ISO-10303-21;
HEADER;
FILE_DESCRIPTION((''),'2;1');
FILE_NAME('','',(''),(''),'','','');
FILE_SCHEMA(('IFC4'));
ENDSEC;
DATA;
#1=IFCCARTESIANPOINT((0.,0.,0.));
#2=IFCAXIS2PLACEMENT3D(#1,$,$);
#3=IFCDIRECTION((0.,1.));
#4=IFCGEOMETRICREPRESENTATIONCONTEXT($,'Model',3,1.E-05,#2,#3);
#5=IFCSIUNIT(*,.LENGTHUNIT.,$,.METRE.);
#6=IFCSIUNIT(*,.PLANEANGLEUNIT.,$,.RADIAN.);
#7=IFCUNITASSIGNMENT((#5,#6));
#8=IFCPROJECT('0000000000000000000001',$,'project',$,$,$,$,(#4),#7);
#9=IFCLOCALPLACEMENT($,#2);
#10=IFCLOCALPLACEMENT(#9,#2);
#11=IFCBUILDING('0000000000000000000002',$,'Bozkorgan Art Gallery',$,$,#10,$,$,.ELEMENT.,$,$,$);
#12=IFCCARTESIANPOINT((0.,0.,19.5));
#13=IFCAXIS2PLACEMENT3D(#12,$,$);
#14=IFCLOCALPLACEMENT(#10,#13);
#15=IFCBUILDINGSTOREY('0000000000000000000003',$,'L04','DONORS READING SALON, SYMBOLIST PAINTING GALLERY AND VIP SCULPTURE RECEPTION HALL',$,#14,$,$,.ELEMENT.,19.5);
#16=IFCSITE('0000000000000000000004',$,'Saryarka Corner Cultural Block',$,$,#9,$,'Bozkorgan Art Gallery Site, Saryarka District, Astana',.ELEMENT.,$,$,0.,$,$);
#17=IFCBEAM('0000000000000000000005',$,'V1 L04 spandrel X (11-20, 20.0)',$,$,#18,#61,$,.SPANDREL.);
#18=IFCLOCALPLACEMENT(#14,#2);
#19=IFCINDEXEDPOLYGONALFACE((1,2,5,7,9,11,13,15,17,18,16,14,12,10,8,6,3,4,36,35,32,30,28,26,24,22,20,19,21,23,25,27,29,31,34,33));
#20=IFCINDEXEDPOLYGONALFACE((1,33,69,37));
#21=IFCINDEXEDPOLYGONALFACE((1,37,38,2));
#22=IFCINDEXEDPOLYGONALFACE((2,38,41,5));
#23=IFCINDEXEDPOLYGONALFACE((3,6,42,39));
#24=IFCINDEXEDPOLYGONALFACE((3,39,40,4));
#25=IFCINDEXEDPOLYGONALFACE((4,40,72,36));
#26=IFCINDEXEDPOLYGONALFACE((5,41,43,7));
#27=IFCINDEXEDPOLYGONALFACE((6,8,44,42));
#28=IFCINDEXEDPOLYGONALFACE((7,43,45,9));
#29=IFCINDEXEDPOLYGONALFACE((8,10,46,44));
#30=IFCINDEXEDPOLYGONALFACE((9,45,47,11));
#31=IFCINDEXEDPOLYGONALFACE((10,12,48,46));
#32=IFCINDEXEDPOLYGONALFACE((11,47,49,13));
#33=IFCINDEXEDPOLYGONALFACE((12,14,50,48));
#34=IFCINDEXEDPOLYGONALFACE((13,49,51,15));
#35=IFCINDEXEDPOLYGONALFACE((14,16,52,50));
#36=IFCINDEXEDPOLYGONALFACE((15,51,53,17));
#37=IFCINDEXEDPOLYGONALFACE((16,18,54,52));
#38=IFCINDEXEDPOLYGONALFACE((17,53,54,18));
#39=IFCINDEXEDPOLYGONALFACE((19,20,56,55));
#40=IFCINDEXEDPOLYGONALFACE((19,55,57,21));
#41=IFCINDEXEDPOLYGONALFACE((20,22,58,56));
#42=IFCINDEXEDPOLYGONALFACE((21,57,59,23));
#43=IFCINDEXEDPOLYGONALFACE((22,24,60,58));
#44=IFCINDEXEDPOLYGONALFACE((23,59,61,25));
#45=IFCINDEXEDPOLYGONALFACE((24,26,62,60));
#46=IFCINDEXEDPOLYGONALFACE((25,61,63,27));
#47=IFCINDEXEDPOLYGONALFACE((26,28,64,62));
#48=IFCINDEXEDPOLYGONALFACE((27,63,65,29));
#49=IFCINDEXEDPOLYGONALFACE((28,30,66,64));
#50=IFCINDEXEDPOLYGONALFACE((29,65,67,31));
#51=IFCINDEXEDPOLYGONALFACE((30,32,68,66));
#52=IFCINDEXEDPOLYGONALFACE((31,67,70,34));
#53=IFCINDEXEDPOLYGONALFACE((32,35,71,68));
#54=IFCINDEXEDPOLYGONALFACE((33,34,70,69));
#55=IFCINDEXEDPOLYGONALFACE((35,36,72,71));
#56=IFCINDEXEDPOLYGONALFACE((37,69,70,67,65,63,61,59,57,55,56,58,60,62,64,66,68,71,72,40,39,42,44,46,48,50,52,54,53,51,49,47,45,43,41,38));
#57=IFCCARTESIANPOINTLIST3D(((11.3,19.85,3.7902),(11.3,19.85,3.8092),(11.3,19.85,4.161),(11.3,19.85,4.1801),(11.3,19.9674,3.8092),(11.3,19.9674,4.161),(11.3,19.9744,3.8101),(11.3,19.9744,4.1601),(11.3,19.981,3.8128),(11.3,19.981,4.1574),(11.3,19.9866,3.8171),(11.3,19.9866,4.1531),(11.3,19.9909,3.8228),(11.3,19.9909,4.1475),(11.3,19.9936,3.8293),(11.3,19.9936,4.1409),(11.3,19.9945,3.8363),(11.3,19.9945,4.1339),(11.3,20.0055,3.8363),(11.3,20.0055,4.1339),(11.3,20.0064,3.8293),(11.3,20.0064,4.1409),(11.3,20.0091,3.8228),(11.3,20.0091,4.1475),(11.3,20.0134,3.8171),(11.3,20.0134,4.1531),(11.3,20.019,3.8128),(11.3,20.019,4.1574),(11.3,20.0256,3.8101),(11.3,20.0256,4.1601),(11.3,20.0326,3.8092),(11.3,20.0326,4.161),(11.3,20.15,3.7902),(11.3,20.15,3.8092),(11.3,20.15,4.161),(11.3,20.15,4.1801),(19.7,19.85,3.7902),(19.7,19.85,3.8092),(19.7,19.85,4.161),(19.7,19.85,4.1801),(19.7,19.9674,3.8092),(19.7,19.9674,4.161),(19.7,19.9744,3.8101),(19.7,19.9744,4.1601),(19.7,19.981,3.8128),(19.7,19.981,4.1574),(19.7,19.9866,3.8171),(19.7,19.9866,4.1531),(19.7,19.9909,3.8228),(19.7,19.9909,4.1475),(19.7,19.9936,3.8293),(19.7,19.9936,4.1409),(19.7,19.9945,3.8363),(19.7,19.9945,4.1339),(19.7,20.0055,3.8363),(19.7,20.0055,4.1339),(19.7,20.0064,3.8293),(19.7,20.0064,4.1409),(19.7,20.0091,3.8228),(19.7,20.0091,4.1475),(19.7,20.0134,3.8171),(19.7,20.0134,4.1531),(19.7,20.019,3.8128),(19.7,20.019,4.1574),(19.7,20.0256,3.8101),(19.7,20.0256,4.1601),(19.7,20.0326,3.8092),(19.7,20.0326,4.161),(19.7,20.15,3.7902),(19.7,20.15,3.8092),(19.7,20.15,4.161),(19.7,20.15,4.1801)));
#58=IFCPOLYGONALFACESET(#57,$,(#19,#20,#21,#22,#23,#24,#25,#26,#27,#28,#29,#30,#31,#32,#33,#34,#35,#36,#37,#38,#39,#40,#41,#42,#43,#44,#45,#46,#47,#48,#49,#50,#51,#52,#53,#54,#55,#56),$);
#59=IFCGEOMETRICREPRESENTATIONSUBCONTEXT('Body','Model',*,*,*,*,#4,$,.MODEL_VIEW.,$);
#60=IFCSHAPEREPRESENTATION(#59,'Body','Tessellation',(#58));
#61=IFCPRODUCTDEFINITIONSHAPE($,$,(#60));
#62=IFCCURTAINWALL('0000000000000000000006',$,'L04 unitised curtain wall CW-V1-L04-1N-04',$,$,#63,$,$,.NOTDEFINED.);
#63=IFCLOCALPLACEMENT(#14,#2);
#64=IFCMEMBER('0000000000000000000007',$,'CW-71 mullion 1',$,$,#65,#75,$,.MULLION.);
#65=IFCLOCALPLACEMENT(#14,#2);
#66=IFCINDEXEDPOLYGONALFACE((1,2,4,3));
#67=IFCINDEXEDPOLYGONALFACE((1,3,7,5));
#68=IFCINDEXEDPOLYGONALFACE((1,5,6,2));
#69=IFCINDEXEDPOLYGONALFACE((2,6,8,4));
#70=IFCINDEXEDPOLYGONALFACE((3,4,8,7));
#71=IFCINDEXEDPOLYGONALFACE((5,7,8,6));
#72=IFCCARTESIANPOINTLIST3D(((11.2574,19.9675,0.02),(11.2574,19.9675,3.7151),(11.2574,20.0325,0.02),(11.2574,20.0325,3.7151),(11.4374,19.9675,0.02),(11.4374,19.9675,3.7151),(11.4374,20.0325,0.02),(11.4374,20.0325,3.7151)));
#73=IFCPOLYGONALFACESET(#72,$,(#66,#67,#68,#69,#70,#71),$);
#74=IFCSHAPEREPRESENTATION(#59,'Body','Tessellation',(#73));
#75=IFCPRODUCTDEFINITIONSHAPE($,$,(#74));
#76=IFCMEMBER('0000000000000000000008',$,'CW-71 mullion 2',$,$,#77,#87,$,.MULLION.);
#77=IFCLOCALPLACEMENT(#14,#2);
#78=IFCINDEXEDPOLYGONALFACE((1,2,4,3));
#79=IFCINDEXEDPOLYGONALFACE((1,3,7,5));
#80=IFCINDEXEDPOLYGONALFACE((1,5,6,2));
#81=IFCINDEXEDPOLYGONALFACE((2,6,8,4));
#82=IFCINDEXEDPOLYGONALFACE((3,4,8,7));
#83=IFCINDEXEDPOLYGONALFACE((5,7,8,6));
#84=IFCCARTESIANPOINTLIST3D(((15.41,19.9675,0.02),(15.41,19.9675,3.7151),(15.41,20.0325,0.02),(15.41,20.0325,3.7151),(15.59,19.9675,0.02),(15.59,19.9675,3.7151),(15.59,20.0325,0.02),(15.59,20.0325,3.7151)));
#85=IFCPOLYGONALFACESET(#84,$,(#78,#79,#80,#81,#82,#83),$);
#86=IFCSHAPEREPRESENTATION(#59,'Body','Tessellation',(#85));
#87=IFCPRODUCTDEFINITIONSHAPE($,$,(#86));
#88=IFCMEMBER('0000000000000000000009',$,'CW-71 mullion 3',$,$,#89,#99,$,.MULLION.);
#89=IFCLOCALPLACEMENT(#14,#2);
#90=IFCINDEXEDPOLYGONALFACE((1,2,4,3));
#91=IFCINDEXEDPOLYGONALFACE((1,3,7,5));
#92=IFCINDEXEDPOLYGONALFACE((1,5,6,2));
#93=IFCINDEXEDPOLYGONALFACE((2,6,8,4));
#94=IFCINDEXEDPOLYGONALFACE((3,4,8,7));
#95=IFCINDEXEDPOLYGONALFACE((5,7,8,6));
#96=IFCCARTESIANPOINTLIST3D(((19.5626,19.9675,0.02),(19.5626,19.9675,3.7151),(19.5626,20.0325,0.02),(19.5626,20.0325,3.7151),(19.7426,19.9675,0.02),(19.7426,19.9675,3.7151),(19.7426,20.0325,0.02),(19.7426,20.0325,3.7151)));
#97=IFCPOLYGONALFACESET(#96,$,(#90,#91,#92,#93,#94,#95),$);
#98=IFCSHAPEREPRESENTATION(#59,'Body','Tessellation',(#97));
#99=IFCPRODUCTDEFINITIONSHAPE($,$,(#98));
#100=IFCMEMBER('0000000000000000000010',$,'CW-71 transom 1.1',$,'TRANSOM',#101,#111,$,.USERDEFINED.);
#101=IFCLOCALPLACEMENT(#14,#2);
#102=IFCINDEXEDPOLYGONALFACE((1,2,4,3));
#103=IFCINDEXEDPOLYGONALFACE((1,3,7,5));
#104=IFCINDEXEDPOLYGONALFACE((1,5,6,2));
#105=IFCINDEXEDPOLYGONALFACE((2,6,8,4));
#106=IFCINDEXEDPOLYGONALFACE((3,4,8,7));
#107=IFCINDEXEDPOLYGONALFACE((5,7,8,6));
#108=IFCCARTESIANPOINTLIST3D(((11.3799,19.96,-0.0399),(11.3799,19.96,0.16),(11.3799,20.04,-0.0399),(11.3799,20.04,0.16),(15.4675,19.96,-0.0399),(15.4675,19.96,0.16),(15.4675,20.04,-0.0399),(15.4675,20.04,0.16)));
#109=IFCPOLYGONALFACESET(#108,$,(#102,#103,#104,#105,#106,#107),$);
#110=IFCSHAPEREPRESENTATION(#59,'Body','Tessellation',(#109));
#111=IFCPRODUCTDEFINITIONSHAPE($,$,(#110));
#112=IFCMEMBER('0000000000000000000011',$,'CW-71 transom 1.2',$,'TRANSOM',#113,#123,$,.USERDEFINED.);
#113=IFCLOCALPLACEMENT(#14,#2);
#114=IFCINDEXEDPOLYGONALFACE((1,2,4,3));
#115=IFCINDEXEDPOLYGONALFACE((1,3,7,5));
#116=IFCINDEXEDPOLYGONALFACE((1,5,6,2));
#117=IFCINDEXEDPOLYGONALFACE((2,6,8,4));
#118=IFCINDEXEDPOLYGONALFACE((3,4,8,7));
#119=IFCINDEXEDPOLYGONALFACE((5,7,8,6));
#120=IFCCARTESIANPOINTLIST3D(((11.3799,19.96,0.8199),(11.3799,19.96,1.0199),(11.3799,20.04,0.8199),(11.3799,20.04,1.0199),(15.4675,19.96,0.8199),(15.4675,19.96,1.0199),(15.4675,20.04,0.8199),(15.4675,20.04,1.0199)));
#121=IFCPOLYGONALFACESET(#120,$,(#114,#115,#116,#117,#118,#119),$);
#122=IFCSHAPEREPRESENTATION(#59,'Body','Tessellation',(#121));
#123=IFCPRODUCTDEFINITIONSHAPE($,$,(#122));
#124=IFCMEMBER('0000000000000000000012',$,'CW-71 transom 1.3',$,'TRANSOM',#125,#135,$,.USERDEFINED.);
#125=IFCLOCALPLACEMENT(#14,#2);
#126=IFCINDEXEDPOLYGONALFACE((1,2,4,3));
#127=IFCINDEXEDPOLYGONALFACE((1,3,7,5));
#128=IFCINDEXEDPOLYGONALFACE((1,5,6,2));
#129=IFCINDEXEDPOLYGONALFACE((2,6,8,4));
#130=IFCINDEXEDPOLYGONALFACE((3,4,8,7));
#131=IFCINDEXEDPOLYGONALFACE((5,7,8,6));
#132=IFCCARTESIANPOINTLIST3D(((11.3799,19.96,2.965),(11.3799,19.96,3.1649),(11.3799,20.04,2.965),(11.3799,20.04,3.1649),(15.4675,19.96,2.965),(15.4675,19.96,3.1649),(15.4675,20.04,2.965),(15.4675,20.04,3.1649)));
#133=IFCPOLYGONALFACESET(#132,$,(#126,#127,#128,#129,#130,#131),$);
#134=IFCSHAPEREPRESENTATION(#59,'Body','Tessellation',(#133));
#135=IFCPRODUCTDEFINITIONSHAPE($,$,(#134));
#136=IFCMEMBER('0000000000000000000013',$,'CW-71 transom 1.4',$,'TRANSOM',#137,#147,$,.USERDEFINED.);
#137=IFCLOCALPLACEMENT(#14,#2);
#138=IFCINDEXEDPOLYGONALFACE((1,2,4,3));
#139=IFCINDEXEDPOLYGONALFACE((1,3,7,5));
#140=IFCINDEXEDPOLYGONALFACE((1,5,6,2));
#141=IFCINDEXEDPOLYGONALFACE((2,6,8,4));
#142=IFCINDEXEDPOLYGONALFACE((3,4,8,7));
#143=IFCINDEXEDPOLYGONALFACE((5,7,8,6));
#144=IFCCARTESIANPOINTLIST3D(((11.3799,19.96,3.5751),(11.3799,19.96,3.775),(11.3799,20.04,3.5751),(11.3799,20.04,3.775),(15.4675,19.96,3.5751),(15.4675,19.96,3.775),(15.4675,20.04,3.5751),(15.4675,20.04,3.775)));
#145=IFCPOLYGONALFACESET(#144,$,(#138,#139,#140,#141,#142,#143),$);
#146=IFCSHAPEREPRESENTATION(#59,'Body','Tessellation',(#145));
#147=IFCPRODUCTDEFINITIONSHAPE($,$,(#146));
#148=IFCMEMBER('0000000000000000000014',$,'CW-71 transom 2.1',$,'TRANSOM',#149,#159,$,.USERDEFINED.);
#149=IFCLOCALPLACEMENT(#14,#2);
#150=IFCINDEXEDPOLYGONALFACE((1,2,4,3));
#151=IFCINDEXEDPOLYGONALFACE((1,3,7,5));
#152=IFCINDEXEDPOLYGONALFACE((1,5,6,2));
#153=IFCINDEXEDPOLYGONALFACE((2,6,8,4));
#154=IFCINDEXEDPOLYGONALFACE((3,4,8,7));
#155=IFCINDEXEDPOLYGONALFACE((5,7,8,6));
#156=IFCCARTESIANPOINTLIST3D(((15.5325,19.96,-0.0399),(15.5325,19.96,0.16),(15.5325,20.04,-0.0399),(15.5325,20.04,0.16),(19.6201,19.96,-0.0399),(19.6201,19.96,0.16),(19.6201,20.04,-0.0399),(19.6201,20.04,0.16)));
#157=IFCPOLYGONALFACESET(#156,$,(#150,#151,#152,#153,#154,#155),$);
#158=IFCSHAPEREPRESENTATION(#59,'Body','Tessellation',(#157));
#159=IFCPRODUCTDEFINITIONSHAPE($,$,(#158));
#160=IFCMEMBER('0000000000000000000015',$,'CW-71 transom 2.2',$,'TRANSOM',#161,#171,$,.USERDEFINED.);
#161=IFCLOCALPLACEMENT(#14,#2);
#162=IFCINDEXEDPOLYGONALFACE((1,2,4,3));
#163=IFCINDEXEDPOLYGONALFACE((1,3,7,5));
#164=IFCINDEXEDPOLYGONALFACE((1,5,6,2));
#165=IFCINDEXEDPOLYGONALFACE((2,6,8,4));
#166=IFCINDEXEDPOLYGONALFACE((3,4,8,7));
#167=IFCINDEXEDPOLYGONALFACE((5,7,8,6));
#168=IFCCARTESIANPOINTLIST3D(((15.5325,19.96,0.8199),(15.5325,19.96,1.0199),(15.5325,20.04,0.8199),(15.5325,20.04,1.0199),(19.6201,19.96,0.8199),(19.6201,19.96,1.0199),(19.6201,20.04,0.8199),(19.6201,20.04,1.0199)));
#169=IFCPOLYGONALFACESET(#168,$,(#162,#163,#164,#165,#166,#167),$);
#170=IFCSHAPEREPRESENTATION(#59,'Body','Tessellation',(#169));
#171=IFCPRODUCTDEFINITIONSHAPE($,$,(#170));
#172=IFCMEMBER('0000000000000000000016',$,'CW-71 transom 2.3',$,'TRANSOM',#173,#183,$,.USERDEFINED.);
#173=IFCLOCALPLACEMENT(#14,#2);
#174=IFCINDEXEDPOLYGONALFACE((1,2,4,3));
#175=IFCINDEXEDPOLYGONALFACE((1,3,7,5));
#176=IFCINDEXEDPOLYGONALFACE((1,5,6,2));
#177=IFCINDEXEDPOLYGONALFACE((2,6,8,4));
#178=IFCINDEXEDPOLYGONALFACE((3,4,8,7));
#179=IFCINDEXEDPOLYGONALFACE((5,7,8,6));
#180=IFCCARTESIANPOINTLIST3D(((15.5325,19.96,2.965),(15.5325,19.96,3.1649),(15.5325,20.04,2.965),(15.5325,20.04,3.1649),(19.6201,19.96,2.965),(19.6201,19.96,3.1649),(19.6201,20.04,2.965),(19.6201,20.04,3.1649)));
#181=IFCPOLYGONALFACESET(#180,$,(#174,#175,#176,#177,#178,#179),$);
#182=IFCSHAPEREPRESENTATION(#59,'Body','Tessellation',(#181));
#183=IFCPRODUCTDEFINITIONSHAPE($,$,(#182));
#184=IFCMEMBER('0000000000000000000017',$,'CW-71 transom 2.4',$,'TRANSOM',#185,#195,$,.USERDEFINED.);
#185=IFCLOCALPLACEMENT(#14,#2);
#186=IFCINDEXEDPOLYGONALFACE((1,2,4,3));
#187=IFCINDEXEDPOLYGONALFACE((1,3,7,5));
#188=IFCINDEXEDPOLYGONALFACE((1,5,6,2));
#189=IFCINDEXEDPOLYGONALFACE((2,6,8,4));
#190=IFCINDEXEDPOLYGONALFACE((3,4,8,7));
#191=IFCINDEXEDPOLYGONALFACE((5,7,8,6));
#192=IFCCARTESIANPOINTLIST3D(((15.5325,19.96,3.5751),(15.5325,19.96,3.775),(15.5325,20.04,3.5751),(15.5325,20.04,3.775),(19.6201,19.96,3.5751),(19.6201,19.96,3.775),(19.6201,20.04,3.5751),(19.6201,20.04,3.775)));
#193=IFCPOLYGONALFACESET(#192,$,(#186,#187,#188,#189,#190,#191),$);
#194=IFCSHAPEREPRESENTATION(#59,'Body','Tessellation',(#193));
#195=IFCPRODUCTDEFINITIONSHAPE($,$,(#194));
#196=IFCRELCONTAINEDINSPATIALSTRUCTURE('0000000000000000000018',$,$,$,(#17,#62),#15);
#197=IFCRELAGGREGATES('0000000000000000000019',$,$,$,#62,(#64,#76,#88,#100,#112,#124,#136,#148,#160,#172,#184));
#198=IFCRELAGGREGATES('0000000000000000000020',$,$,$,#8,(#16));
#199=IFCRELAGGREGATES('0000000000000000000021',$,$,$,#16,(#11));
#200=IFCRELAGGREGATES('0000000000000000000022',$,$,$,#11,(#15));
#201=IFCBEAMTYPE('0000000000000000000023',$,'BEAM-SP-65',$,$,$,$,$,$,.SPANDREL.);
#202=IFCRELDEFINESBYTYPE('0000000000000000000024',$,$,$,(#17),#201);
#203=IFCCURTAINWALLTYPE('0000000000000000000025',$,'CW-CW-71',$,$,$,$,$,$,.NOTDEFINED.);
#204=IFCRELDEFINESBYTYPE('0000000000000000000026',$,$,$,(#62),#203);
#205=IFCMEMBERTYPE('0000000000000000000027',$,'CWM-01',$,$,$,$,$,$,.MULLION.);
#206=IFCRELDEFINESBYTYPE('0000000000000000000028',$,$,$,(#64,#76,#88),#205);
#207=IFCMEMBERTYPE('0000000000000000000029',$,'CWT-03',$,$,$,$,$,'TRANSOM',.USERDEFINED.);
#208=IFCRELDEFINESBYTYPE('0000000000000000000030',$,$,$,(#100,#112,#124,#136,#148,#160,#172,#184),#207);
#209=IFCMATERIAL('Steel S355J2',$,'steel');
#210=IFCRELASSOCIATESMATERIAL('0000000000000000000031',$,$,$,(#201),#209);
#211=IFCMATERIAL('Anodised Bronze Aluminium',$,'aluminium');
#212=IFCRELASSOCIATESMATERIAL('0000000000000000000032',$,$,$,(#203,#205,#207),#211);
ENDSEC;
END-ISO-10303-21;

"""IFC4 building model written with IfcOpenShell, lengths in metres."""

from ifc_helpers import new_model, si_unit, direction, frame, origin, origin_2d, place, context, subcontext, project, spatial, rectangle, i_section, extrude, material, material_profile, profile_set, type_object, element, aggregate, save


model = new_model("IFC4")

# Units and contexts
model_context = context("Model", 3, precision=1e-05, world=origin(), true_north=direction((0.0, 1.0)))
body_context = subcontext(model_context, "Body", "Model", "MODEL_VIEW")
ifc_project = project(units=[si_unit("LENGTHUNIT", "METRE"), si_unit("PLANEANGLEUNIT", "RADIAN")], contexts=[model_context])

# Site, building, storey
site_placement = place(None, origin())
site = spatial("IfcSite", under=ifc_project, at=site_placement, Name="Saryarka Corner Cultural Block", LongName="Bozkorgan Art Gallery Site, Saryarka District, Astana", CompositionType="ELEMENT", RefElevation=0.0)
building_placement = place(site_placement, origin())
building = spatial("IfcBuilding", under=site, at=building_placement, Name="Bozkorgan Art Gallery", CompositionType="ELEMENT")
storey_placement = place(building_placement, frame((0.0, 0.0, 19.5)))
storey = spatial("IfcBuildingStorey", under=building, at=storey_placement, Name="L04", Description="DONORS READING SALON, SYMBOLIST PAINTING GALLERY AND VIP SCULPTURE RECEPTION HALL", CompositionType="ELEMENT", Elevation=19.5)

# Beam
ifc_material_1 = material(Name="Steel S355J2", Category="steel")
ifc_material_profile_1 = material_profile(ifc_material_1, i_section(OverallWidth=0.3, OverallDepth=0.3899, WebThickness=0.011, FlangeThickness=0.019, FilletRadius=0.0271, at=origin_2d()), Name="HEA 400")
ifc_profile_set_1 = profile_set([ifc_material_profile_1], Name="Steel S355J2")
beam_type = type_object("IfcBeamType", Name="BEAM-SP-65", PredefinedType="SPANDREL", material=ifc_profile_set_1)
beam_placement = place(storey_placement, frame((11.3, 20.0, 3.9851), z_axis=(1.0, 0.0, 0.0), x_axis=(0.0, 1.0, 0.0)))
element("IfcBeam", 1, at=beam_placement, inside=storey, type_object=beam_type, Name="V1 L04 spandrel X (11-20, 20.0)", PredefinedType="SPANDREL", context=body_context, shape_type="SweptSolid", body=[
    extrude(i_section(OverallWidth=0.3, OverallDepth=0.3899, WebThickness=0.011, FlangeThickness=0.019, FilletRadius=0.0271, at=origin_2d()), origin(), (0.0, 0.0, 1.0), 8.3999),
])

# Curtain wall, members
ifc_material_2 = material(Name="Anodised Bronze Aluminium", Category="aluminium")
curtain_wall_type = type_object("IfcCurtainWallType", Name="CW-CW-71", PredefinedType="NOTDEFINED", material=ifc_material_2)
curtain_wall_placement = place(storey_placement, origin())
curtain_wall = element("IfcCurtainWall", 2, at=curtain_wall_placement, inside=storey, type_object=curtain_wall_type, Name="L04 unitised curtain wall CW-V1-L04-1N-04", PredefinedType="NOTDEFINED")
ifc_material_profile_2 = material_profile(ifc_material_2, rectangle(XDim=0.0649, YDim=0.1799, at=origin_2d()), Name="ALU MULLION 65x180")
ifc_profile_set_2 = profile_set([ifc_material_profile_2], Name="Anodised Bronze Aluminium")
member_type_1 = type_object("IfcMemberType", Name="CWM-01", PredefinedType="MULLION", material=ifc_profile_set_2)
member_1_placement = place(storey_placement, frame((11.3474, 20.0, 0.02), z_axis=(0.0, 0.0, 1.0), x_axis=(0.0, 1.0, 0.0)))
member_1 = element("IfcMember", 3, at=member_1_placement, type_object=member_type_1, Name="CW-71 mullion 1", PredefinedType="MULLION", context=body_context, shape_type="SweptSolid", body=[
    extrude(rectangle(XDim=0.0649, YDim=0.1799, at=origin_2d()), origin(), (0.0, 0.0, 1.0), 3.6951),
])
member_2_placement = place(storey_placement, frame((15.5, 20.0, 0.02), z_axis=(0.0, 0.0, 1.0), x_axis=(0.0, 1.0, 0.0)))
member_2 = element("IfcMember", 4, at=member_2_placement, type_object=member_type_1, Name="CW-71 mullion 2", PredefinedType="MULLION", context=body_context, shape_type="SweptSolid", body=[
    extrude(rectangle(XDim=0.0649, YDim=0.1799, at=origin_2d()), origin(), (0.0, 0.0, 1.0), 3.6951),
])
member_3_placement = place(storey_placement, frame((19.6526, 20.0, 0.02), z_axis=(0.0, 0.0, 1.0), x_axis=(0.0, 1.0, 0.0)))
member_3 = element("IfcMember", 5, at=member_3_placement, type_object=member_type_1, Name="CW-71 mullion 3", PredefinedType="MULLION", context=body_context, shape_type="SweptSolid", body=[
    extrude(rectangle(XDim=0.0649, YDim=0.1799, at=origin_2d()), origin(), (0.0, 0.0, 1.0), 3.6951),
])
ifc_material_profile_3 = material_profile(ifc_material_2, rectangle(XDim=0.0801, YDim=0.2, at=origin_2d()), Name="ALU TRANSOM 80x200")
ifc_profile_set_3 = profile_set([ifc_material_profile_3], Name="Anodised Bronze Aluminium")
member_type_2 = type_object("IfcMemberType", Name="CWT-03", ElementType="TRANSOM", PredefinedType="USERDEFINED", material=ifc_profile_set_3)
member_4_placement = place(storey_placement, frame((11.3799, 20.0, 0.0601), z_axis=(1.0, 0.0, 0.0), x_axis=(0.0, 1.0, 0.0)))
member_4 = element("IfcMember", 6, at=member_4_placement, type_object=member_type_2, Name="CW-71 transom 1.1", ObjectType="TRANSOM", PredefinedType="USERDEFINED", context=body_context, shape_type="SweptSolid", body=[
    extrude(rectangle(XDim=0.0801, YDim=0.2, at=origin_2d()), origin(), (0.0, 0.0, 1.0), 4.0876),
])
member_5_placement = place(storey_placement, frame((11.3799, 20.0, 0.9199), z_axis=(1.0, 0.0, 0.0), x_axis=(0.0, 1.0, 0.0)))
member_5 = element("IfcMember", 7, at=member_5_placement, type_object=member_type_2, Name="CW-71 transom 1.2", ObjectType="TRANSOM", PredefinedType="USERDEFINED", context=body_context, shape_type="SweptSolid", body=[
    extrude(rectangle(XDim=0.0801, YDim=0.2, at=origin_2d()), origin(), (0.0, 0.0, 1.0), 4.0876),
])
member_6_placement = place(storey_placement, frame((11.3799, 20.0, 3.0649), z_axis=(1.0, 0.0, 0.0), x_axis=(0.0, 1.0, 0.0)))
member_6 = element("IfcMember", 8, at=member_6_placement, type_object=member_type_2, Name="CW-71 transom 1.3", ObjectType="TRANSOM", PredefinedType="USERDEFINED", context=body_context, shape_type="SweptSolid", body=[
    extrude(rectangle(XDim=0.0801, YDim=0.2, at=origin_2d()), origin(), (0.0, 0.0, 1.0), 4.0876),
])
member_7_placement = place(storey_placement, frame((11.3799, 20.0, 3.675), z_axis=(1.0, 0.0, 0.0), x_axis=(0.0, 1.0, 0.0)))
member_7 = element("IfcMember", 9, at=member_7_placement, type_object=member_type_2, Name="CW-71 transom 1.4", ObjectType="TRANSOM", PredefinedType="USERDEFINED", context=body_context, shape_type="SweptSolid", body=[
    extrude(rectangle(XDim=0.0801, YDim=0.2, at=origin_2d()), origin(), (0.0, 0.0, 1.0), 4.0876),
])
member_8_placement = place(storey_placement, frame((15.5325, 20.0, 0.0601), z_axis=(1.0, 0.0, 0.0), x_axis=(0.0, 1.0, 0.0)))
member_8 = element("IfcMember", 10, at=member_8_placement, type_object=member_type_2, Name="CW-71 transom 2.1", ObjectType="TRANSOM", PredefinedType="USERDEFINED", context=body_context, shape_type="SweptSolid", body=[
    extrude(rectangle(XDim=0.0801, YDim=0.2, at=origin_2d()), origin(), (0.0, 0.0, 1.0), 4.0876),
])
member_9_placement = place(storey_placement, frame((15.5325, 20.0, 0.9199), z_axis=(1.0, 0.0, 0.0), x_axis=(0.0, 1.0, 0.0)))
member_9 = element("IfcMember", 11, at=member_9_placement, type_object=member_type_2, Name="CW-71 transom 2.2", ObjectType="TRANSOM", PredefinedType="USERDEFINED", context=body_context, shape_type="SweptSolid", body=[
    extrude(rectangle(XDim=0.0801, YDim=0.2, at=origin_2d()), origin(), (0.0, 0.0, 1.0), 4.0876),
])
member_10_placement = place(storey_placement, frame((15.5325, 20.0, 3.0649), z_axis=(1.0, 0.0, 0.0), x_axis=(0.0, 1.0, 0.0)))
member_10 = element("IfcMember", 12, at=member_10_placement, type_object=member_type_2, Name="CW-71 transom 2.3", ObjectType="TRANSOM", PredefinedType="USERDEFINED", context=body_context, shape_type="SweptSolid", body=[
    extrude(rectangle(XDim=0.0801, YDim=0.2, at=origin_2d()), origin(), (0.0, 0.0, 1.0), 4.0876),
])
member_11_placement = place(storey_placement, frame((15.5325, 20.0, 3.675), z_axis=(1.0, 0.0, 0.0), x_axis=(0.0, 1.0, 0.0)))
member_11 = element("IfcMember", 13, at=member_11_placement, type_object=member_type_2, Name="CW-71 transom 2.4", ObjectType="TRANSOM", PredefinedType="USERDEFINED", context=body_context, shape_type="SweptSolid", body=[
    extrude(rectangle(XDim=0.0801, YDim=0.2, at=origin_2d()), origin(), (0.0, 0.0, 1.0), 4.0876),
])
aggregate(curtain_wall, [member_1, member_2, member_3, member_4, member_5, member_6, member_7, member_8, member_9, member_10, member_11])

save(model, "model.ifc")
